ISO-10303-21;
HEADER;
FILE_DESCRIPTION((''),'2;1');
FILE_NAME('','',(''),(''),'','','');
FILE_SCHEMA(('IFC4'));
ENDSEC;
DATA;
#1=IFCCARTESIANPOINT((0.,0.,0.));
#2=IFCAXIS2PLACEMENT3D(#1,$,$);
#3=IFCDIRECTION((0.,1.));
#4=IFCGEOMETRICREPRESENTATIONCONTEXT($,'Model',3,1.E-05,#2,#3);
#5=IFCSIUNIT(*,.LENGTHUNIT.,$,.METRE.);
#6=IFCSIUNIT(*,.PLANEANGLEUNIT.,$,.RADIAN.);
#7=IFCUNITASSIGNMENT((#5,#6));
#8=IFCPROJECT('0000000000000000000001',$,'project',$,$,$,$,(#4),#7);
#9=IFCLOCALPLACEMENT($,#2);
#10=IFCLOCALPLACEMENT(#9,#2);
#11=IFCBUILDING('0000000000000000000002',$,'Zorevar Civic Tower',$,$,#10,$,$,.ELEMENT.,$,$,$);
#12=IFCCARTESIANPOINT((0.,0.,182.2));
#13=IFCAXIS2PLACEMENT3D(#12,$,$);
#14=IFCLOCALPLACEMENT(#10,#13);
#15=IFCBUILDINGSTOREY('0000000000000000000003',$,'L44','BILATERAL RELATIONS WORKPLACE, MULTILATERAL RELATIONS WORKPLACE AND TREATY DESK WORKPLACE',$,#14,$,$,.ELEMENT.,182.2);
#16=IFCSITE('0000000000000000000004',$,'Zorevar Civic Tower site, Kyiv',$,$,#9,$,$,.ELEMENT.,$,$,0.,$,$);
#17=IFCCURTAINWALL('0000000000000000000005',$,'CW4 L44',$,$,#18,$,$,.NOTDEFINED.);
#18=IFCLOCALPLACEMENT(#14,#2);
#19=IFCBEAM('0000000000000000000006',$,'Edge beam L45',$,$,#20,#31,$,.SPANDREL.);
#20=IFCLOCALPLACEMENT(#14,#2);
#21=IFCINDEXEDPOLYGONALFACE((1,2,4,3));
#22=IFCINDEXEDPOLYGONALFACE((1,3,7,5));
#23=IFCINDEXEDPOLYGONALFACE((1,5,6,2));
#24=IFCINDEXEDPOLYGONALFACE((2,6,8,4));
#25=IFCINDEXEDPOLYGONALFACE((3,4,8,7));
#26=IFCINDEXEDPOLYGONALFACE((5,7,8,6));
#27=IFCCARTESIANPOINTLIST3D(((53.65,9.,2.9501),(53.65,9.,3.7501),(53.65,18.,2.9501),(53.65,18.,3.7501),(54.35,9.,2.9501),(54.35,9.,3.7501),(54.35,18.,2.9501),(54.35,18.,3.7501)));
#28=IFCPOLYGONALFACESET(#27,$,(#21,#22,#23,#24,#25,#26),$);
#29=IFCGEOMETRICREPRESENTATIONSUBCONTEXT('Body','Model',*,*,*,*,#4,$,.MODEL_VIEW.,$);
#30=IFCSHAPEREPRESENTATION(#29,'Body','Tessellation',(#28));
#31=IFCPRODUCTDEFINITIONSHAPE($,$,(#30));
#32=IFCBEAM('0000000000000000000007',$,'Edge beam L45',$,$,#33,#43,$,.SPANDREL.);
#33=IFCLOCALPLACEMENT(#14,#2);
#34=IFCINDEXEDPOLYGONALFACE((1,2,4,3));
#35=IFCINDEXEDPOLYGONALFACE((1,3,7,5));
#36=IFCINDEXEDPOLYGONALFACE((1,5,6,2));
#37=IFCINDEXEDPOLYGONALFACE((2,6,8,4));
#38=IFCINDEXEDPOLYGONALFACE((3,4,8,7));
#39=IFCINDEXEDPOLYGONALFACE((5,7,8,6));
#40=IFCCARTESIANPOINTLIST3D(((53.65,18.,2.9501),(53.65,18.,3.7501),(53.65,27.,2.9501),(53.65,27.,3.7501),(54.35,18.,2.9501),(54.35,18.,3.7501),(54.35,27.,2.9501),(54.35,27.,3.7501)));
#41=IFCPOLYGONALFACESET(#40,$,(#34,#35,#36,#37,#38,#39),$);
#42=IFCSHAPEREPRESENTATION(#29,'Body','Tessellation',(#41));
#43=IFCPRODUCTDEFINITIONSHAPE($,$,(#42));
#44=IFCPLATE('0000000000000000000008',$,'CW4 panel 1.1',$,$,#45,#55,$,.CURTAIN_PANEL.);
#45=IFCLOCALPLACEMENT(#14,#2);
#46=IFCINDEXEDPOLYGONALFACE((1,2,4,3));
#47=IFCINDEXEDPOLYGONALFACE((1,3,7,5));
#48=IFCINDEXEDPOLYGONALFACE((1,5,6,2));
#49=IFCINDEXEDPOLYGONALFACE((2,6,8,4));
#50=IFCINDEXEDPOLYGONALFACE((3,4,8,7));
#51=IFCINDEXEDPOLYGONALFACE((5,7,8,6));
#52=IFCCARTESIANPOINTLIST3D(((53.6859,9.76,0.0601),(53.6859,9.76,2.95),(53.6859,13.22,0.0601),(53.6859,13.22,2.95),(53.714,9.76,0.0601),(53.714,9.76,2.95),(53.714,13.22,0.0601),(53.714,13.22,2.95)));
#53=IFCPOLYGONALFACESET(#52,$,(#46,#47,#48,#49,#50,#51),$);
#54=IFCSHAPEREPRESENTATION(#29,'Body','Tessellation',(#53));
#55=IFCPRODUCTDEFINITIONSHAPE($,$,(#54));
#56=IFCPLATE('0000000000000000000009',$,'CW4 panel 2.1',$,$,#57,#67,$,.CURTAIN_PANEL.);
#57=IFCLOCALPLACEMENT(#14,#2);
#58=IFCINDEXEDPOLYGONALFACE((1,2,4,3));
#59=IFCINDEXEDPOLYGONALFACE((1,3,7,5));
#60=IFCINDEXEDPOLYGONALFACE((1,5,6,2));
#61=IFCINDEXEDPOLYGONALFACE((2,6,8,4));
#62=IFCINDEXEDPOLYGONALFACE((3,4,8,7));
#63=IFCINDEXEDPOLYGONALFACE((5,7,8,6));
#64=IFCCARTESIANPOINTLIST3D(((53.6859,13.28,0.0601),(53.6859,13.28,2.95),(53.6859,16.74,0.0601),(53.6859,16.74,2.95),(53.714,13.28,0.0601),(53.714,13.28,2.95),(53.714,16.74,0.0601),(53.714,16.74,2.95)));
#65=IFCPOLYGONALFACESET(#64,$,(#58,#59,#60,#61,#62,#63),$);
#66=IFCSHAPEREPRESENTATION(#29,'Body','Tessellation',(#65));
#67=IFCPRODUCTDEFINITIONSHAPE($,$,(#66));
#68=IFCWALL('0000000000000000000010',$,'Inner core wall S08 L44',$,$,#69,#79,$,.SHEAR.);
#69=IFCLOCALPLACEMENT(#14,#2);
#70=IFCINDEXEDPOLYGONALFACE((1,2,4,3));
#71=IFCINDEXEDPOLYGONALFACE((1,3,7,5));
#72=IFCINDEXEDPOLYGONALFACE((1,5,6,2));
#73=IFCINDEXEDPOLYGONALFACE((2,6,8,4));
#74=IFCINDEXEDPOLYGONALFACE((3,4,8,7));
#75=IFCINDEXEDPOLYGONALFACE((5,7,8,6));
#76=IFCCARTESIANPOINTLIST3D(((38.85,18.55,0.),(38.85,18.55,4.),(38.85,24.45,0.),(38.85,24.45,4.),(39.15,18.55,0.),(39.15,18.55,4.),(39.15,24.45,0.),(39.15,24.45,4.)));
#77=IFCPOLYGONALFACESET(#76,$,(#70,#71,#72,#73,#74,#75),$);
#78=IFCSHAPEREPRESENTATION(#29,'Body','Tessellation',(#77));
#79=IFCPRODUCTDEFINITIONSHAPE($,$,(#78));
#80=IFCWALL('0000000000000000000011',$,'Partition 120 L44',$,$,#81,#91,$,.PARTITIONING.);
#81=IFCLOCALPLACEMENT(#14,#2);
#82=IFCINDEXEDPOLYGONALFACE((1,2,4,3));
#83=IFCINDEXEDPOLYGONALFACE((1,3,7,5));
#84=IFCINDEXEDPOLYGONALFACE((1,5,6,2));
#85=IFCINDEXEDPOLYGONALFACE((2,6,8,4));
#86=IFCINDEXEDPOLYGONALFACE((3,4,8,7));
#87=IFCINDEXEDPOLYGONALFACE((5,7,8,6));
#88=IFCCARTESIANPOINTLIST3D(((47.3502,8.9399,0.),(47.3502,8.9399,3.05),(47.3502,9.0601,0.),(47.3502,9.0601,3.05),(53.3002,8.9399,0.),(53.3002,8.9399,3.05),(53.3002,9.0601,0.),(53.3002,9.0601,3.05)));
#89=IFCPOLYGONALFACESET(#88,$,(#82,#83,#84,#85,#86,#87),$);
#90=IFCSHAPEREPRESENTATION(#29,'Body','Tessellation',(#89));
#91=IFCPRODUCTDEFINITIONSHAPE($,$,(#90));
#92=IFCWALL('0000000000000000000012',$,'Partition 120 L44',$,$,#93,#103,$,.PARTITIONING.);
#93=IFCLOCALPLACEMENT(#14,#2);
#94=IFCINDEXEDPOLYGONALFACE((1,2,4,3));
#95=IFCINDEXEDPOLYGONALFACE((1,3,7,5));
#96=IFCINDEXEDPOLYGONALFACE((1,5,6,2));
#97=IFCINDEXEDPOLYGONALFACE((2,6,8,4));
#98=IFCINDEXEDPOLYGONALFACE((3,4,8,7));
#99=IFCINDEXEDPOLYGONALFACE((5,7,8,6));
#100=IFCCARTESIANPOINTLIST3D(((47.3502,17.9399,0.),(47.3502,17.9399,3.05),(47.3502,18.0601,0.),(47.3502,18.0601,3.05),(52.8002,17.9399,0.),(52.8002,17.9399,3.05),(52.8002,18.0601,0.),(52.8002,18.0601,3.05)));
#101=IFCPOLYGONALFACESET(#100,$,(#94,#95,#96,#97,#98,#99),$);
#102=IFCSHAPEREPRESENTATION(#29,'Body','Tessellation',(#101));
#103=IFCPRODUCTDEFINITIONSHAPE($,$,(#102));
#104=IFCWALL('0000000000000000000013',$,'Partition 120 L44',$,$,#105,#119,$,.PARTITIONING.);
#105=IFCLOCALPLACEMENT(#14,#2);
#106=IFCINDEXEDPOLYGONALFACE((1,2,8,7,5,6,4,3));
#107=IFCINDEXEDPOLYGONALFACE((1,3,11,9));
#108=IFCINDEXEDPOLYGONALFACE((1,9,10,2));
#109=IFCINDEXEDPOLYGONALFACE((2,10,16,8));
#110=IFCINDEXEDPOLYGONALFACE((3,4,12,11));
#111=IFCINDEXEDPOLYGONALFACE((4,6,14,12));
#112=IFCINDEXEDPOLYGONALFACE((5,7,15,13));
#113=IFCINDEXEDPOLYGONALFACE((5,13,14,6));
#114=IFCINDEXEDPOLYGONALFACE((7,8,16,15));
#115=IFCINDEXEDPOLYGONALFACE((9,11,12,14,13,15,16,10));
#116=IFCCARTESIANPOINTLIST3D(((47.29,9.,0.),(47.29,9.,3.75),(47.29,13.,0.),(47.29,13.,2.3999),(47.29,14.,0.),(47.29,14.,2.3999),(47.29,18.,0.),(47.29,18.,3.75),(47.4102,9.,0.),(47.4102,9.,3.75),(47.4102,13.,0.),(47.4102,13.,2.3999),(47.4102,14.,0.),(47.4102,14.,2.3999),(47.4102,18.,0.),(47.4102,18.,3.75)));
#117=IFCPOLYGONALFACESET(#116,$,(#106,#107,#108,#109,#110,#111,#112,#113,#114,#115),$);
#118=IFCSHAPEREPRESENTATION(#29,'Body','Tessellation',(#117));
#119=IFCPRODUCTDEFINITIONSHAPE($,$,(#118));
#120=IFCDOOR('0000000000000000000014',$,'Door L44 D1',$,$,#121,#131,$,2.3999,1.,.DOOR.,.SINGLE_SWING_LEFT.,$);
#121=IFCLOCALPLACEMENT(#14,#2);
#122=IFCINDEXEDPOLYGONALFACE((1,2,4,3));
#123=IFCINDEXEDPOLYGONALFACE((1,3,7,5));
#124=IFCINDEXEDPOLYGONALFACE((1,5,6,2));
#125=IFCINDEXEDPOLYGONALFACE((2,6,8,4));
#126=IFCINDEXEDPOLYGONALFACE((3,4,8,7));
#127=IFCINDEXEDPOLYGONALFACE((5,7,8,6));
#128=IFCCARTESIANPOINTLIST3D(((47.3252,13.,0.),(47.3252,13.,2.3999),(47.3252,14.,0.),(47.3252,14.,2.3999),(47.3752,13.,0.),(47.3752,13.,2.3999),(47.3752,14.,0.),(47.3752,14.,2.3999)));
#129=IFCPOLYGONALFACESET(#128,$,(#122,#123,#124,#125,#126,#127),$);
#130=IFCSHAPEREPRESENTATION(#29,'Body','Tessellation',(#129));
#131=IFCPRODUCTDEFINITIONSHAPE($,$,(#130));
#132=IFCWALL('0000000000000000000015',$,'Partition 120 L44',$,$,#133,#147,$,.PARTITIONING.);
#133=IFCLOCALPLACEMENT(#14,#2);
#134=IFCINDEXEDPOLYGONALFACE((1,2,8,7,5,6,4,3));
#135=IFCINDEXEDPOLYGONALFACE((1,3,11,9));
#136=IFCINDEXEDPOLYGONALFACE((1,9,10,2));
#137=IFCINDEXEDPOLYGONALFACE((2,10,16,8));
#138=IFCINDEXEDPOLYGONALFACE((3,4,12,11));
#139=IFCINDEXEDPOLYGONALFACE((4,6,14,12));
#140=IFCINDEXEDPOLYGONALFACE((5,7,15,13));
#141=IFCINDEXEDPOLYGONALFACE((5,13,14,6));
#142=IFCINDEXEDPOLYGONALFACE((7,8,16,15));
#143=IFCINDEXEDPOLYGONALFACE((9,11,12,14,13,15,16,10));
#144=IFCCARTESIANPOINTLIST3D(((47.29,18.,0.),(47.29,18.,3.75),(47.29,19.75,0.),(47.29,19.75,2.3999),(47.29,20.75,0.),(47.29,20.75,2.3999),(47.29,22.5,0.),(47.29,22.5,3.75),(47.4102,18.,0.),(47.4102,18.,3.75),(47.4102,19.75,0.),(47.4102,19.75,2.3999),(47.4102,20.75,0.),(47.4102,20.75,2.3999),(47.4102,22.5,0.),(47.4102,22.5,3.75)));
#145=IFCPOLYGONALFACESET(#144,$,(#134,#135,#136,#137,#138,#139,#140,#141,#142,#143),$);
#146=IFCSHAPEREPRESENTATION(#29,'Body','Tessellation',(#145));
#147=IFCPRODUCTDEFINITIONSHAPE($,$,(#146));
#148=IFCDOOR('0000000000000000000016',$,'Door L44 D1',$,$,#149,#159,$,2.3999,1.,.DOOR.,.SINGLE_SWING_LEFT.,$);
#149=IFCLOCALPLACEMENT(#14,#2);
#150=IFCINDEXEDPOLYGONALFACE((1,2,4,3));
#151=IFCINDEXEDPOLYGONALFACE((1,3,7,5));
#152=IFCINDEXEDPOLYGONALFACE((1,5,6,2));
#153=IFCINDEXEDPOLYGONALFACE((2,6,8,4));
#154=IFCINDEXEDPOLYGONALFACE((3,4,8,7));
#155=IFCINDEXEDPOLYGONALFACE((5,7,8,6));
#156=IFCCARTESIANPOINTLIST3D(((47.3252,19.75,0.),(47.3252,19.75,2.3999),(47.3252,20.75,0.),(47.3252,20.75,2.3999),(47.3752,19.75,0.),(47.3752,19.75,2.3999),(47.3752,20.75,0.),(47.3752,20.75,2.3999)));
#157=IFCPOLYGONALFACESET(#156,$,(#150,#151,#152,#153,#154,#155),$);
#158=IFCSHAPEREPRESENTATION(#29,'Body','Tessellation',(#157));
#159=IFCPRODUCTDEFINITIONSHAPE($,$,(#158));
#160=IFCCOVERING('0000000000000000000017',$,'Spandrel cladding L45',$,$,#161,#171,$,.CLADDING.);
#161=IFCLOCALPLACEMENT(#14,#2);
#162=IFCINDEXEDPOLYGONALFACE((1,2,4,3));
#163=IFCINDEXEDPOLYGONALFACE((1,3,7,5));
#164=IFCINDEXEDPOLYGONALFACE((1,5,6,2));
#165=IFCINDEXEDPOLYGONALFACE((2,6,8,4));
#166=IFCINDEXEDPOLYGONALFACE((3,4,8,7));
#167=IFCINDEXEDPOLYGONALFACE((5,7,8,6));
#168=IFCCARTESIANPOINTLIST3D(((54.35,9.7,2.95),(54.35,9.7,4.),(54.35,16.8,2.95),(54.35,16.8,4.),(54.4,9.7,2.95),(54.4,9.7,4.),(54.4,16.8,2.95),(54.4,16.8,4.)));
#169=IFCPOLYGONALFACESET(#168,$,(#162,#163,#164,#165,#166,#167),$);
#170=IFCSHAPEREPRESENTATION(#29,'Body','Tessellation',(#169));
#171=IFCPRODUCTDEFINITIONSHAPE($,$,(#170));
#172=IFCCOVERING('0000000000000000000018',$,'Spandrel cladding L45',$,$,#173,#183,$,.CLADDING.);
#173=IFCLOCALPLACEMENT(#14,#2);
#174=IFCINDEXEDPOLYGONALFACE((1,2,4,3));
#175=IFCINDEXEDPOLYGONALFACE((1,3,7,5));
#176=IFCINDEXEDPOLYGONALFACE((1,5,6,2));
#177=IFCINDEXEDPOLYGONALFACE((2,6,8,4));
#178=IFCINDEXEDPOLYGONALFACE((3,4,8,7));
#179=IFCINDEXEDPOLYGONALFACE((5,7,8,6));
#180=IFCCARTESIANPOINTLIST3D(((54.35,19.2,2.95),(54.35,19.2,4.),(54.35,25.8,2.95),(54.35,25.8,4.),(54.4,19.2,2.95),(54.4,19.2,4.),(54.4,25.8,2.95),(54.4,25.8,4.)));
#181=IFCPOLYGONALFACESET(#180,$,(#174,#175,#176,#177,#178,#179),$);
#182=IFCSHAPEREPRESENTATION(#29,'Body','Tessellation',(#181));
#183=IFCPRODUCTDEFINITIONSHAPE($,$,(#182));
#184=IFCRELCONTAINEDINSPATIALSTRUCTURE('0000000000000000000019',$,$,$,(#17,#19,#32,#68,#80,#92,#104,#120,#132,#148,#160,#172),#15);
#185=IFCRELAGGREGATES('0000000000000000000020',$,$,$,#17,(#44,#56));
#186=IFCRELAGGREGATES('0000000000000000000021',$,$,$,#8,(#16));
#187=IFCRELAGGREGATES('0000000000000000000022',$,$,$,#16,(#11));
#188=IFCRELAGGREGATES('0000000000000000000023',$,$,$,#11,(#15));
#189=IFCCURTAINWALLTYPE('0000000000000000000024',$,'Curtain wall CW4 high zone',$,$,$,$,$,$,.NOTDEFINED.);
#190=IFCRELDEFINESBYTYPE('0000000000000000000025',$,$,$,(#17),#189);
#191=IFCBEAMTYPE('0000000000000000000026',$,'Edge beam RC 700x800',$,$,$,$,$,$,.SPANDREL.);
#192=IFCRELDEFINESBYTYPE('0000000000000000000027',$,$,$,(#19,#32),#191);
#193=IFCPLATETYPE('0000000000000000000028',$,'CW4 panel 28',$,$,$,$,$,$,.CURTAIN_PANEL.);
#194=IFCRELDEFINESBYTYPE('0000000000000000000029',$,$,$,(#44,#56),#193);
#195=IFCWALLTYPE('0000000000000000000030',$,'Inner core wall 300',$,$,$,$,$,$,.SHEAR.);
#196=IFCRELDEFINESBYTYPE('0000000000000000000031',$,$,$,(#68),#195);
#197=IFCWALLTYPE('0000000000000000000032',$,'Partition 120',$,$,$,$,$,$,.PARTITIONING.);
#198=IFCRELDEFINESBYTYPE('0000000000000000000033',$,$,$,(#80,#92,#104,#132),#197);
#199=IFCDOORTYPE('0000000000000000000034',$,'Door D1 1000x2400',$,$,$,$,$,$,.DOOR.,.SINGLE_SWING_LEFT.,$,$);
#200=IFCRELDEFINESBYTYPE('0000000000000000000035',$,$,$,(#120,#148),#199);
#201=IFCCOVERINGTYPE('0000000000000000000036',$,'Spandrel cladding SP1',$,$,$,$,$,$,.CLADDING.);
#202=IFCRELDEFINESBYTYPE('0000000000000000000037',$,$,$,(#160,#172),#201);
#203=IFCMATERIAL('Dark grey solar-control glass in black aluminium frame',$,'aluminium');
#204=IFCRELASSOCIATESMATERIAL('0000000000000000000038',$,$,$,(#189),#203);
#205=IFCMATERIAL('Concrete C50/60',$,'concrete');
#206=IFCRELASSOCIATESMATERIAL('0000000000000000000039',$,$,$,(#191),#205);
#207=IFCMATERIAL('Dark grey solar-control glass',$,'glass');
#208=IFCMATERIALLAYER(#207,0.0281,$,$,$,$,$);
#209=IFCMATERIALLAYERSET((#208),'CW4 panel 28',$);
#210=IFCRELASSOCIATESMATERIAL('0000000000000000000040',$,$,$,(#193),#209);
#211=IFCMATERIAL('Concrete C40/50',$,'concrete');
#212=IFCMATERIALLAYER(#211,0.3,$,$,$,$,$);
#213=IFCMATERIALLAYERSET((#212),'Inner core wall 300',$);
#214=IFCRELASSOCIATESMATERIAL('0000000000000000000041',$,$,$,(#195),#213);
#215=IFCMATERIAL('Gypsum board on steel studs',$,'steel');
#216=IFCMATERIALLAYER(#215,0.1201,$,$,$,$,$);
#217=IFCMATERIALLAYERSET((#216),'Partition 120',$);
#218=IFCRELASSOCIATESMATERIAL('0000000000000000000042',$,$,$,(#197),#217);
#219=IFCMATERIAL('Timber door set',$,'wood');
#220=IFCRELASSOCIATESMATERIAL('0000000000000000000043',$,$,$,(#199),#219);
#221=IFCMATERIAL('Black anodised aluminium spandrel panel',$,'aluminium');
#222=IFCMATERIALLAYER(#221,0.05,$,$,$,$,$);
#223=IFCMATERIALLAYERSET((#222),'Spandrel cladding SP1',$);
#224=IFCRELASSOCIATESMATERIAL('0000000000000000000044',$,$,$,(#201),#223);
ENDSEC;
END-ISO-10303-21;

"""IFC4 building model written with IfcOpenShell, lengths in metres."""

from ifc_helpers import new_model, si_unit, direction, frame, frame_2d, origin, origin_2d, place, context, subcontext, project, spatial, rectangle, extrude, material, layer, layer_set, material_profile, profile_set, type_object, element, fill, aggregate, save


model = new_model("IFC4")

# Units and contexts
model_context = context("Model", 3, precision=1e-05, world=origin(), true_north=direction((0.0, 1.0)))
body_context = subcontext(model_context, "Body", "Model", "MODEL_VIEW")
ifc_project = project(units=[si_unit("LENGTHUNIT", "METRE"), si_unit("PLANEANGLEUNIT", "RADIAN")], contexts=[model_context])

# Site, building, storey
site_placement = place(None, origin())
site = spatial("IfcSite", under=ifc_project, at=site_placement, Name="Zorevar Civic Tower site, Kyiv", CompositionType="ELEMENT", RefElevation=0.0)
building_placement = place(site_placement, origin())
building = spatial("IfcBuilding", under=site, at=building_placement, Name="Zorevar Civic Tower", CompositionType="ELEMENT")
storey_placement = place(building_placement, frame((0.0, 0.0, 182.2)))
storey = spatial("IfcBuildingStorey", under=building, at=storey_placement, Name="L44", Description="BILATERAL RELATIONS WORKPLACE, MULTILATERAL RELATIONS WORKPLACE AND TREATY DESK WORKPLACE", CompositionType="ELEMENT", Elevation=182.2)

# Curtain wall
ifc_material_1 = material(Name="Dark grey solar-control glass in black aluminium frame", Category="aluminium")
curtain_wall_type = type_object("IfcCurtainWallType", Name="Curtain wall CW4 high zone", PredefinedType="NOTDEFINED", material=ifc_material_1)
curtain_wall_1_placement = place(storey_placement, origin())
curtain_wall_1 = element("IfcCurtainWall", 1, at=curtain_wall_1_placement, inside=storey, type_object=curtain_wall_type, Name="CW4 L44", PredefinedType="NOTDEFINED")

# Beams
ifc_material_2 = material(Name="Concrete C50/60", Category="concrete")
ifc_material_profile_1 = material_profile(ifc_material_2, rectangle(XDim=0.7, YDim=0.8, at=origin_2d()), Name="RC 700x800")
ifc_profile_set_1 = profile_set([ifc_material_profile_1], Name="Concrete C50/60")
beam_type_1 = type_object("IfcBeamType", Name="Edge beam RC 700x800", PredefinedType="SPANDREL", material=ifc_profile_set_1)
for number, where, z_axis, x_axis, name in (
    (2, (54.0, 9.0, 3.3501), (0.0, 1.0, 0.0), (-1.0, 0.0, 0.0), "Edge beam L45"),
    (3, (54.0, 18.0, 3.3501), (0.0, 1.0, 0.0), (-1.0, 0.0, 0.0), "Edge beam L45"),
):
    element("IfcBeam", number, at=place(storey_placement, frame(where, z_axis=z_axis, x_axis=x_axis)), inside=storey, type_object=beam_type_1, Name=name, PredefinedType="SPANDREL", context=body_context, shape_type="SweptSolid", body=[
        extrude(rectangle(XDim=0.7, YDim=0.8, at=origin_2d()), origin(), (0.0, 0.0, 1.0), 9.0),
    ])

# Plates
ifc_material_3 = material(Name="Dark grey solar-control glass", Category="glass")
ifc_layer_1 = layer(ifc_material_3, 0.0281)
ifc_layer_set_1 = layer_set([ifc_layer_1], Name="CW4 panel 28")
plate_type = type_object("IfcPlateType", Name="CW4 panel 28", PredefinedType="CURTAIN_PANEL", material=ifc_layer_set_1)
plate_1_placement = place(storey_placement, frame((53.7, 11.49, 0.0601), z_axis=(0.0, 0.0, 1.0), x_axis=(0.0, 1.0, 0.0)))
plate_1 = element("IfcPlate", 4, at=plate_1_placement, type_object=plate_type, Name="CW4 panel 1.1", PredefinedType="CURTAIN_PANEL", context=body_context, shape_type="SweptSolid", body=[
    extrude(rectangle(XDim=3.46, YDim=0.0281, at=origin_2d()), origin(), (0.0, 0.0, 1.0), 2.8899),
])
plate_2_placement = place(storey_placement, frame((53.7, 15.01, 0.0601), z_axis=(0.0, 0.0, 1.0), x_axis=(0.0, 1.0, 0.0)))
plate_2 = element("IfcPlate", 5, at=plate_2_placement, type_object=plate_type, Name="CW4 panel 2.1", PredefinedType="CURTAIN_PANEL", context=body_context, shape_type="SweptSolid", body=[
    extrude(rectangle(XDim=3.46, YDim=0.0281, at=origin_2d()), origin(), (0.0, 0.0, 1.0), 2.8899),
])
aggregate(curtain_wall_1, [plate_1, plate_2])

# Walls
ifc_material_4 = material(Name="Concrete C40/50", Category="concrete")
ifc_layer_2 = layer(ifc_material_4, 0.3)
ifc_layer_set_2 = layer_set([ifc_layer_2], Name="Inner core wall 300")
wall_type_1 = type_object("IfcWallType", Name="Inner core wall 300", PredefinedType="SHEAR", material=ifc_layer_set_2)
wall_1_placement = place(storey_placement, frame((39.0, 18.55, 0.0), z_axis=(0.0, 0.0, 1.0), x_axis=(0.0, 1.0, 0.0)))
element("IfcWall", 6, at=wall_1_placement, inside=storey, type_object=wall_type_1, Name="Inner core wall S08 L44", PredefinedType="SHEAR", context=body_context, shape_type="SweptSolid", body=[
    extrude(rectangle(XDim=5.8999, YDim=0.3, at=frame_2d((2.95, 0.0))), origin(), (0.0, 0.0, 1.0), 4.0),
])
ifc_material_5 = material(Name="Gypsum board on steel studs", Category="steel")
ifc_layer_3 = layer(ifc_material_5, 0.1201)
ifc_layer_set_3 = layer_set([ifc_layer_3], Name="Partition 120")
wall_type_2 = type_object("IfcWallType", Name="Partition 120", PredefinedType="PARTITIONING", material=ifc_layer_set_3)
wall_2_placement = place(storey_placement, frame((47.3501, 9.0, 0.0), z_axis=(0.0, 0.0, 1.0), x_axis=(1.0, 0.0, 0.0)))
element("IfcWall", 7, at=wall_2_placement, inside=storey, type_object=wall_type_2, Name="Partition 120 L44", PredefinedType="PARTITIONING", context=body_context, shape_type="SweptSolid", body=[
    extrude(rectangle(XDim=5.95, YDim=0.1201, at=frame_2d((2.9751, 0.0))), origin(), (0.0, 0.0, 1.0), 3.05),
])
wall_3_placement = place(storey_placement, frame((47.3501, 18.0, 0.0), z_axis=(0.0, 0.0, 1.0), x_axis=(1.0, 0.0, 0.0)))
element("IfcWall", 8, at=wall_3_placement, inside=storey, type_object=wall_type_2, Name="Partition 120 L44", PredefinedType="PARTITIONING", context=body_context, shape_type="SweptSolid", body=[
    extrude(rectangle(XDim=5.45, YDim=0.1201, at=frame_2d((2.7251, 0.0))), origin(), (0.0, 0.0, 1.0), 3.05),
])

# Walls, openings, doors
wall_4_placement = place(storey_placement, frame((47.3501, 9.0, 0.0), z_axis=(0.0, 0.0, 1.0), x_axis=(0.0, 1.0, 0.0)))
wall_4 = element("IfcWall", 9, at=wall_4_placement, inside=storey, type_object=wall_type_2, Name="Partition 120 L44", PredefinedType="PARTITIONING", context=body_context, shape_type="SweptSolid", body=[
    extrude(rectangle(XDim=9.0, YDim=0.1201, at=frame_2d((4.5, 0.0))), origin(), (0.0, 0.0, 1.0), 3.75),
])
opening_1_placement = place(wall_4_placement, frame((4.0, 0.0, 0.0)))
opening_1 = element("IfcOpeningElement", 10, at=opening_1_placement, cuts=wall_4, PredefinedType="OPENING", context=body_context, shape_type="SweptSolid", body=[
    extrude(rectangle(XDim=1.0, YDim=2.3999, at=frame_2d((0.5, 1.2))), frame((0.0, 0.0701, 0.0), z_axis=(0.0, -1.0, 0.0), x_axis=(1.0, 0.0, 0.0)), (0.0, 0.0, 1.0), 0.1401),
])
ifc_material_6 = material(Name="Timber door set", Category="wood")
door_type_1 = type_object("IfcDoorType", Name="Door D1 1000x2400", OperationType="SINGLE_SWING_LEFT", PredefinedType="DOOR", material=ifc_material_6)
door_1_placement = place(opening_1_placement, origin())
door_1 = element("IfcDoor", 11, at=door_1_placement, inside=storey, type_object=door_type_1, Name="Door L44 D1", OperationType="SINGLE_SWING_LEFT", OverallHeight=2.3999, OverallWidth=1.0, PredefinedType="DOOR", context=body_context, shape_type="SweptSolid", body=[
    extrude(rectangle(XDim=1.0, YDim=2.3999, at=frame_2d((0.5, 1.2))), frame((0.0, 0.0249, 0.0), z_axis=(0.0, -1.0, 0.0), x_axis=(1.0, 0.0, 0.0)), (0.0, 0.0, 1.0), 0.05),
])
fill(opening_1, door_1)
wall_5_placement = place(storey_placement, frame((47.3501, 18.0, 0.0), z_axis=(0.0, 0.0, 1.0), x_axis=(0.0, 1.0, 0.0)))
wall_5 = element("IfcWall", 12, at=wall_5_placement, inside=storey, type_object=wall_type_2, Name="Partition 120 L44", PredefinedType="PARTITIONING", context=body_context, shape_type="SweptSolid", body=[
    extrude(rectangle(XDim=4.5, YDim=0.1201, at=frame_2d((2.25, 0.0))), origin(), (0.0, 0.0, 1.0), 3.75),
])
opening_2_placement = place(wall_5_placement, frame((1.75, 0.0, 0.0)))
opening_2 = element("IfcOpeningElement", 13, at=opening_2_placement, cuts=wall_5, PredefinedType="OPENING", context=body_context, shape_type="SweptSolid", body=[
    extrude(rectangle(XDim=1.0, YDim=2.3999, at=frame_2d((0.5, 1.2))), frame((0.0, 0.0701, 0.0), z_axis=(0.0, -1.0, 0.0), x_axis=(1.0, 0.0, 0.0)), (0.0, 0.0, 1.0), 0.1401),
])
door_2_placement = place(opening_2_placement, origin())
door_2 = element("IfcDoor", 14, at=door_2_placement, inside=storey, type_object=door_type_1, Name="Door L44 D1", OperationType="SINGLE_SWING_LEFT", OverallHeight=2.3999, OverallWidth=1.0, PredefinedType="DOOR", context=body_context, shape_type="SweptSolid", body=[
    extrude(rectangle(XDim=1.0, YDim=2.3999, at=frame_2d((0.5, 1.2))), frame((0.0, 0.0249, 0.0), z_axis=(0.0, -1.0, 0.0), x_axis=(1.0, 0.0, 0.0)), (0.0, 0.0, 1.0), 0.05),
])
fill(opening_2, door_2)

# Coverings
ifc_material_7 = material(Name="Black anodised aluminium spandrel panel", Category="aluminium")
ifc_layer_4 = layer(ifc_material_7, 0.05)
ifc_layer_set_4 = layer_set([ifc_layer_4], Name="Spandrel cladding SP1")
covering_type = type_object("IfcCoveringType", Name="Spandrel cladding SP1", PredefinedType="CLADDING", material=ifc_layer_set_4)
covering_1_placement = place(storey_placement, frame((54.375, 9.7, 2.95), z_axis=(0.0, 0.0, 1.0), x_axis=(0.0, 1.0, 0.0)))
element("IfcCovering", 15, at=covering_1_placement, inside=storey, type_object=covering_type, Name="Spandrel cladding L45", PredefinedType="CLADDING", context=body_context, shape_type="SweptSolid", body=[
    extrude(rectangle(XDim=7.1001, YDim=0.05, at=frame_2d((3.55, 0.0))), origin(), (0.0, 0.0, 1.0), 1.05),
])
covering_2_placement = place(storey_placement, frame((54.375, 19.2, 2.95), z_axis=(0.0, 0.0, 1.0), x_axis=(0.0, 1.0, 0.0)))
element("IfcCovering", 16, at=covering_2_placement, inside=storey, type_object=covering_type, Name="Spandrel cladding L45", PredefinedType="CLADDING", context=body_context, shape_type="SweptSolid", body=[
    extrude(rectangle(XDim=6.6001, YDim=0.05, at=frame_2d((3.3, 0.0))), origin(), (0.0, 0.0, 1.0), 1.05),
])

save(model, "model.ifc")
